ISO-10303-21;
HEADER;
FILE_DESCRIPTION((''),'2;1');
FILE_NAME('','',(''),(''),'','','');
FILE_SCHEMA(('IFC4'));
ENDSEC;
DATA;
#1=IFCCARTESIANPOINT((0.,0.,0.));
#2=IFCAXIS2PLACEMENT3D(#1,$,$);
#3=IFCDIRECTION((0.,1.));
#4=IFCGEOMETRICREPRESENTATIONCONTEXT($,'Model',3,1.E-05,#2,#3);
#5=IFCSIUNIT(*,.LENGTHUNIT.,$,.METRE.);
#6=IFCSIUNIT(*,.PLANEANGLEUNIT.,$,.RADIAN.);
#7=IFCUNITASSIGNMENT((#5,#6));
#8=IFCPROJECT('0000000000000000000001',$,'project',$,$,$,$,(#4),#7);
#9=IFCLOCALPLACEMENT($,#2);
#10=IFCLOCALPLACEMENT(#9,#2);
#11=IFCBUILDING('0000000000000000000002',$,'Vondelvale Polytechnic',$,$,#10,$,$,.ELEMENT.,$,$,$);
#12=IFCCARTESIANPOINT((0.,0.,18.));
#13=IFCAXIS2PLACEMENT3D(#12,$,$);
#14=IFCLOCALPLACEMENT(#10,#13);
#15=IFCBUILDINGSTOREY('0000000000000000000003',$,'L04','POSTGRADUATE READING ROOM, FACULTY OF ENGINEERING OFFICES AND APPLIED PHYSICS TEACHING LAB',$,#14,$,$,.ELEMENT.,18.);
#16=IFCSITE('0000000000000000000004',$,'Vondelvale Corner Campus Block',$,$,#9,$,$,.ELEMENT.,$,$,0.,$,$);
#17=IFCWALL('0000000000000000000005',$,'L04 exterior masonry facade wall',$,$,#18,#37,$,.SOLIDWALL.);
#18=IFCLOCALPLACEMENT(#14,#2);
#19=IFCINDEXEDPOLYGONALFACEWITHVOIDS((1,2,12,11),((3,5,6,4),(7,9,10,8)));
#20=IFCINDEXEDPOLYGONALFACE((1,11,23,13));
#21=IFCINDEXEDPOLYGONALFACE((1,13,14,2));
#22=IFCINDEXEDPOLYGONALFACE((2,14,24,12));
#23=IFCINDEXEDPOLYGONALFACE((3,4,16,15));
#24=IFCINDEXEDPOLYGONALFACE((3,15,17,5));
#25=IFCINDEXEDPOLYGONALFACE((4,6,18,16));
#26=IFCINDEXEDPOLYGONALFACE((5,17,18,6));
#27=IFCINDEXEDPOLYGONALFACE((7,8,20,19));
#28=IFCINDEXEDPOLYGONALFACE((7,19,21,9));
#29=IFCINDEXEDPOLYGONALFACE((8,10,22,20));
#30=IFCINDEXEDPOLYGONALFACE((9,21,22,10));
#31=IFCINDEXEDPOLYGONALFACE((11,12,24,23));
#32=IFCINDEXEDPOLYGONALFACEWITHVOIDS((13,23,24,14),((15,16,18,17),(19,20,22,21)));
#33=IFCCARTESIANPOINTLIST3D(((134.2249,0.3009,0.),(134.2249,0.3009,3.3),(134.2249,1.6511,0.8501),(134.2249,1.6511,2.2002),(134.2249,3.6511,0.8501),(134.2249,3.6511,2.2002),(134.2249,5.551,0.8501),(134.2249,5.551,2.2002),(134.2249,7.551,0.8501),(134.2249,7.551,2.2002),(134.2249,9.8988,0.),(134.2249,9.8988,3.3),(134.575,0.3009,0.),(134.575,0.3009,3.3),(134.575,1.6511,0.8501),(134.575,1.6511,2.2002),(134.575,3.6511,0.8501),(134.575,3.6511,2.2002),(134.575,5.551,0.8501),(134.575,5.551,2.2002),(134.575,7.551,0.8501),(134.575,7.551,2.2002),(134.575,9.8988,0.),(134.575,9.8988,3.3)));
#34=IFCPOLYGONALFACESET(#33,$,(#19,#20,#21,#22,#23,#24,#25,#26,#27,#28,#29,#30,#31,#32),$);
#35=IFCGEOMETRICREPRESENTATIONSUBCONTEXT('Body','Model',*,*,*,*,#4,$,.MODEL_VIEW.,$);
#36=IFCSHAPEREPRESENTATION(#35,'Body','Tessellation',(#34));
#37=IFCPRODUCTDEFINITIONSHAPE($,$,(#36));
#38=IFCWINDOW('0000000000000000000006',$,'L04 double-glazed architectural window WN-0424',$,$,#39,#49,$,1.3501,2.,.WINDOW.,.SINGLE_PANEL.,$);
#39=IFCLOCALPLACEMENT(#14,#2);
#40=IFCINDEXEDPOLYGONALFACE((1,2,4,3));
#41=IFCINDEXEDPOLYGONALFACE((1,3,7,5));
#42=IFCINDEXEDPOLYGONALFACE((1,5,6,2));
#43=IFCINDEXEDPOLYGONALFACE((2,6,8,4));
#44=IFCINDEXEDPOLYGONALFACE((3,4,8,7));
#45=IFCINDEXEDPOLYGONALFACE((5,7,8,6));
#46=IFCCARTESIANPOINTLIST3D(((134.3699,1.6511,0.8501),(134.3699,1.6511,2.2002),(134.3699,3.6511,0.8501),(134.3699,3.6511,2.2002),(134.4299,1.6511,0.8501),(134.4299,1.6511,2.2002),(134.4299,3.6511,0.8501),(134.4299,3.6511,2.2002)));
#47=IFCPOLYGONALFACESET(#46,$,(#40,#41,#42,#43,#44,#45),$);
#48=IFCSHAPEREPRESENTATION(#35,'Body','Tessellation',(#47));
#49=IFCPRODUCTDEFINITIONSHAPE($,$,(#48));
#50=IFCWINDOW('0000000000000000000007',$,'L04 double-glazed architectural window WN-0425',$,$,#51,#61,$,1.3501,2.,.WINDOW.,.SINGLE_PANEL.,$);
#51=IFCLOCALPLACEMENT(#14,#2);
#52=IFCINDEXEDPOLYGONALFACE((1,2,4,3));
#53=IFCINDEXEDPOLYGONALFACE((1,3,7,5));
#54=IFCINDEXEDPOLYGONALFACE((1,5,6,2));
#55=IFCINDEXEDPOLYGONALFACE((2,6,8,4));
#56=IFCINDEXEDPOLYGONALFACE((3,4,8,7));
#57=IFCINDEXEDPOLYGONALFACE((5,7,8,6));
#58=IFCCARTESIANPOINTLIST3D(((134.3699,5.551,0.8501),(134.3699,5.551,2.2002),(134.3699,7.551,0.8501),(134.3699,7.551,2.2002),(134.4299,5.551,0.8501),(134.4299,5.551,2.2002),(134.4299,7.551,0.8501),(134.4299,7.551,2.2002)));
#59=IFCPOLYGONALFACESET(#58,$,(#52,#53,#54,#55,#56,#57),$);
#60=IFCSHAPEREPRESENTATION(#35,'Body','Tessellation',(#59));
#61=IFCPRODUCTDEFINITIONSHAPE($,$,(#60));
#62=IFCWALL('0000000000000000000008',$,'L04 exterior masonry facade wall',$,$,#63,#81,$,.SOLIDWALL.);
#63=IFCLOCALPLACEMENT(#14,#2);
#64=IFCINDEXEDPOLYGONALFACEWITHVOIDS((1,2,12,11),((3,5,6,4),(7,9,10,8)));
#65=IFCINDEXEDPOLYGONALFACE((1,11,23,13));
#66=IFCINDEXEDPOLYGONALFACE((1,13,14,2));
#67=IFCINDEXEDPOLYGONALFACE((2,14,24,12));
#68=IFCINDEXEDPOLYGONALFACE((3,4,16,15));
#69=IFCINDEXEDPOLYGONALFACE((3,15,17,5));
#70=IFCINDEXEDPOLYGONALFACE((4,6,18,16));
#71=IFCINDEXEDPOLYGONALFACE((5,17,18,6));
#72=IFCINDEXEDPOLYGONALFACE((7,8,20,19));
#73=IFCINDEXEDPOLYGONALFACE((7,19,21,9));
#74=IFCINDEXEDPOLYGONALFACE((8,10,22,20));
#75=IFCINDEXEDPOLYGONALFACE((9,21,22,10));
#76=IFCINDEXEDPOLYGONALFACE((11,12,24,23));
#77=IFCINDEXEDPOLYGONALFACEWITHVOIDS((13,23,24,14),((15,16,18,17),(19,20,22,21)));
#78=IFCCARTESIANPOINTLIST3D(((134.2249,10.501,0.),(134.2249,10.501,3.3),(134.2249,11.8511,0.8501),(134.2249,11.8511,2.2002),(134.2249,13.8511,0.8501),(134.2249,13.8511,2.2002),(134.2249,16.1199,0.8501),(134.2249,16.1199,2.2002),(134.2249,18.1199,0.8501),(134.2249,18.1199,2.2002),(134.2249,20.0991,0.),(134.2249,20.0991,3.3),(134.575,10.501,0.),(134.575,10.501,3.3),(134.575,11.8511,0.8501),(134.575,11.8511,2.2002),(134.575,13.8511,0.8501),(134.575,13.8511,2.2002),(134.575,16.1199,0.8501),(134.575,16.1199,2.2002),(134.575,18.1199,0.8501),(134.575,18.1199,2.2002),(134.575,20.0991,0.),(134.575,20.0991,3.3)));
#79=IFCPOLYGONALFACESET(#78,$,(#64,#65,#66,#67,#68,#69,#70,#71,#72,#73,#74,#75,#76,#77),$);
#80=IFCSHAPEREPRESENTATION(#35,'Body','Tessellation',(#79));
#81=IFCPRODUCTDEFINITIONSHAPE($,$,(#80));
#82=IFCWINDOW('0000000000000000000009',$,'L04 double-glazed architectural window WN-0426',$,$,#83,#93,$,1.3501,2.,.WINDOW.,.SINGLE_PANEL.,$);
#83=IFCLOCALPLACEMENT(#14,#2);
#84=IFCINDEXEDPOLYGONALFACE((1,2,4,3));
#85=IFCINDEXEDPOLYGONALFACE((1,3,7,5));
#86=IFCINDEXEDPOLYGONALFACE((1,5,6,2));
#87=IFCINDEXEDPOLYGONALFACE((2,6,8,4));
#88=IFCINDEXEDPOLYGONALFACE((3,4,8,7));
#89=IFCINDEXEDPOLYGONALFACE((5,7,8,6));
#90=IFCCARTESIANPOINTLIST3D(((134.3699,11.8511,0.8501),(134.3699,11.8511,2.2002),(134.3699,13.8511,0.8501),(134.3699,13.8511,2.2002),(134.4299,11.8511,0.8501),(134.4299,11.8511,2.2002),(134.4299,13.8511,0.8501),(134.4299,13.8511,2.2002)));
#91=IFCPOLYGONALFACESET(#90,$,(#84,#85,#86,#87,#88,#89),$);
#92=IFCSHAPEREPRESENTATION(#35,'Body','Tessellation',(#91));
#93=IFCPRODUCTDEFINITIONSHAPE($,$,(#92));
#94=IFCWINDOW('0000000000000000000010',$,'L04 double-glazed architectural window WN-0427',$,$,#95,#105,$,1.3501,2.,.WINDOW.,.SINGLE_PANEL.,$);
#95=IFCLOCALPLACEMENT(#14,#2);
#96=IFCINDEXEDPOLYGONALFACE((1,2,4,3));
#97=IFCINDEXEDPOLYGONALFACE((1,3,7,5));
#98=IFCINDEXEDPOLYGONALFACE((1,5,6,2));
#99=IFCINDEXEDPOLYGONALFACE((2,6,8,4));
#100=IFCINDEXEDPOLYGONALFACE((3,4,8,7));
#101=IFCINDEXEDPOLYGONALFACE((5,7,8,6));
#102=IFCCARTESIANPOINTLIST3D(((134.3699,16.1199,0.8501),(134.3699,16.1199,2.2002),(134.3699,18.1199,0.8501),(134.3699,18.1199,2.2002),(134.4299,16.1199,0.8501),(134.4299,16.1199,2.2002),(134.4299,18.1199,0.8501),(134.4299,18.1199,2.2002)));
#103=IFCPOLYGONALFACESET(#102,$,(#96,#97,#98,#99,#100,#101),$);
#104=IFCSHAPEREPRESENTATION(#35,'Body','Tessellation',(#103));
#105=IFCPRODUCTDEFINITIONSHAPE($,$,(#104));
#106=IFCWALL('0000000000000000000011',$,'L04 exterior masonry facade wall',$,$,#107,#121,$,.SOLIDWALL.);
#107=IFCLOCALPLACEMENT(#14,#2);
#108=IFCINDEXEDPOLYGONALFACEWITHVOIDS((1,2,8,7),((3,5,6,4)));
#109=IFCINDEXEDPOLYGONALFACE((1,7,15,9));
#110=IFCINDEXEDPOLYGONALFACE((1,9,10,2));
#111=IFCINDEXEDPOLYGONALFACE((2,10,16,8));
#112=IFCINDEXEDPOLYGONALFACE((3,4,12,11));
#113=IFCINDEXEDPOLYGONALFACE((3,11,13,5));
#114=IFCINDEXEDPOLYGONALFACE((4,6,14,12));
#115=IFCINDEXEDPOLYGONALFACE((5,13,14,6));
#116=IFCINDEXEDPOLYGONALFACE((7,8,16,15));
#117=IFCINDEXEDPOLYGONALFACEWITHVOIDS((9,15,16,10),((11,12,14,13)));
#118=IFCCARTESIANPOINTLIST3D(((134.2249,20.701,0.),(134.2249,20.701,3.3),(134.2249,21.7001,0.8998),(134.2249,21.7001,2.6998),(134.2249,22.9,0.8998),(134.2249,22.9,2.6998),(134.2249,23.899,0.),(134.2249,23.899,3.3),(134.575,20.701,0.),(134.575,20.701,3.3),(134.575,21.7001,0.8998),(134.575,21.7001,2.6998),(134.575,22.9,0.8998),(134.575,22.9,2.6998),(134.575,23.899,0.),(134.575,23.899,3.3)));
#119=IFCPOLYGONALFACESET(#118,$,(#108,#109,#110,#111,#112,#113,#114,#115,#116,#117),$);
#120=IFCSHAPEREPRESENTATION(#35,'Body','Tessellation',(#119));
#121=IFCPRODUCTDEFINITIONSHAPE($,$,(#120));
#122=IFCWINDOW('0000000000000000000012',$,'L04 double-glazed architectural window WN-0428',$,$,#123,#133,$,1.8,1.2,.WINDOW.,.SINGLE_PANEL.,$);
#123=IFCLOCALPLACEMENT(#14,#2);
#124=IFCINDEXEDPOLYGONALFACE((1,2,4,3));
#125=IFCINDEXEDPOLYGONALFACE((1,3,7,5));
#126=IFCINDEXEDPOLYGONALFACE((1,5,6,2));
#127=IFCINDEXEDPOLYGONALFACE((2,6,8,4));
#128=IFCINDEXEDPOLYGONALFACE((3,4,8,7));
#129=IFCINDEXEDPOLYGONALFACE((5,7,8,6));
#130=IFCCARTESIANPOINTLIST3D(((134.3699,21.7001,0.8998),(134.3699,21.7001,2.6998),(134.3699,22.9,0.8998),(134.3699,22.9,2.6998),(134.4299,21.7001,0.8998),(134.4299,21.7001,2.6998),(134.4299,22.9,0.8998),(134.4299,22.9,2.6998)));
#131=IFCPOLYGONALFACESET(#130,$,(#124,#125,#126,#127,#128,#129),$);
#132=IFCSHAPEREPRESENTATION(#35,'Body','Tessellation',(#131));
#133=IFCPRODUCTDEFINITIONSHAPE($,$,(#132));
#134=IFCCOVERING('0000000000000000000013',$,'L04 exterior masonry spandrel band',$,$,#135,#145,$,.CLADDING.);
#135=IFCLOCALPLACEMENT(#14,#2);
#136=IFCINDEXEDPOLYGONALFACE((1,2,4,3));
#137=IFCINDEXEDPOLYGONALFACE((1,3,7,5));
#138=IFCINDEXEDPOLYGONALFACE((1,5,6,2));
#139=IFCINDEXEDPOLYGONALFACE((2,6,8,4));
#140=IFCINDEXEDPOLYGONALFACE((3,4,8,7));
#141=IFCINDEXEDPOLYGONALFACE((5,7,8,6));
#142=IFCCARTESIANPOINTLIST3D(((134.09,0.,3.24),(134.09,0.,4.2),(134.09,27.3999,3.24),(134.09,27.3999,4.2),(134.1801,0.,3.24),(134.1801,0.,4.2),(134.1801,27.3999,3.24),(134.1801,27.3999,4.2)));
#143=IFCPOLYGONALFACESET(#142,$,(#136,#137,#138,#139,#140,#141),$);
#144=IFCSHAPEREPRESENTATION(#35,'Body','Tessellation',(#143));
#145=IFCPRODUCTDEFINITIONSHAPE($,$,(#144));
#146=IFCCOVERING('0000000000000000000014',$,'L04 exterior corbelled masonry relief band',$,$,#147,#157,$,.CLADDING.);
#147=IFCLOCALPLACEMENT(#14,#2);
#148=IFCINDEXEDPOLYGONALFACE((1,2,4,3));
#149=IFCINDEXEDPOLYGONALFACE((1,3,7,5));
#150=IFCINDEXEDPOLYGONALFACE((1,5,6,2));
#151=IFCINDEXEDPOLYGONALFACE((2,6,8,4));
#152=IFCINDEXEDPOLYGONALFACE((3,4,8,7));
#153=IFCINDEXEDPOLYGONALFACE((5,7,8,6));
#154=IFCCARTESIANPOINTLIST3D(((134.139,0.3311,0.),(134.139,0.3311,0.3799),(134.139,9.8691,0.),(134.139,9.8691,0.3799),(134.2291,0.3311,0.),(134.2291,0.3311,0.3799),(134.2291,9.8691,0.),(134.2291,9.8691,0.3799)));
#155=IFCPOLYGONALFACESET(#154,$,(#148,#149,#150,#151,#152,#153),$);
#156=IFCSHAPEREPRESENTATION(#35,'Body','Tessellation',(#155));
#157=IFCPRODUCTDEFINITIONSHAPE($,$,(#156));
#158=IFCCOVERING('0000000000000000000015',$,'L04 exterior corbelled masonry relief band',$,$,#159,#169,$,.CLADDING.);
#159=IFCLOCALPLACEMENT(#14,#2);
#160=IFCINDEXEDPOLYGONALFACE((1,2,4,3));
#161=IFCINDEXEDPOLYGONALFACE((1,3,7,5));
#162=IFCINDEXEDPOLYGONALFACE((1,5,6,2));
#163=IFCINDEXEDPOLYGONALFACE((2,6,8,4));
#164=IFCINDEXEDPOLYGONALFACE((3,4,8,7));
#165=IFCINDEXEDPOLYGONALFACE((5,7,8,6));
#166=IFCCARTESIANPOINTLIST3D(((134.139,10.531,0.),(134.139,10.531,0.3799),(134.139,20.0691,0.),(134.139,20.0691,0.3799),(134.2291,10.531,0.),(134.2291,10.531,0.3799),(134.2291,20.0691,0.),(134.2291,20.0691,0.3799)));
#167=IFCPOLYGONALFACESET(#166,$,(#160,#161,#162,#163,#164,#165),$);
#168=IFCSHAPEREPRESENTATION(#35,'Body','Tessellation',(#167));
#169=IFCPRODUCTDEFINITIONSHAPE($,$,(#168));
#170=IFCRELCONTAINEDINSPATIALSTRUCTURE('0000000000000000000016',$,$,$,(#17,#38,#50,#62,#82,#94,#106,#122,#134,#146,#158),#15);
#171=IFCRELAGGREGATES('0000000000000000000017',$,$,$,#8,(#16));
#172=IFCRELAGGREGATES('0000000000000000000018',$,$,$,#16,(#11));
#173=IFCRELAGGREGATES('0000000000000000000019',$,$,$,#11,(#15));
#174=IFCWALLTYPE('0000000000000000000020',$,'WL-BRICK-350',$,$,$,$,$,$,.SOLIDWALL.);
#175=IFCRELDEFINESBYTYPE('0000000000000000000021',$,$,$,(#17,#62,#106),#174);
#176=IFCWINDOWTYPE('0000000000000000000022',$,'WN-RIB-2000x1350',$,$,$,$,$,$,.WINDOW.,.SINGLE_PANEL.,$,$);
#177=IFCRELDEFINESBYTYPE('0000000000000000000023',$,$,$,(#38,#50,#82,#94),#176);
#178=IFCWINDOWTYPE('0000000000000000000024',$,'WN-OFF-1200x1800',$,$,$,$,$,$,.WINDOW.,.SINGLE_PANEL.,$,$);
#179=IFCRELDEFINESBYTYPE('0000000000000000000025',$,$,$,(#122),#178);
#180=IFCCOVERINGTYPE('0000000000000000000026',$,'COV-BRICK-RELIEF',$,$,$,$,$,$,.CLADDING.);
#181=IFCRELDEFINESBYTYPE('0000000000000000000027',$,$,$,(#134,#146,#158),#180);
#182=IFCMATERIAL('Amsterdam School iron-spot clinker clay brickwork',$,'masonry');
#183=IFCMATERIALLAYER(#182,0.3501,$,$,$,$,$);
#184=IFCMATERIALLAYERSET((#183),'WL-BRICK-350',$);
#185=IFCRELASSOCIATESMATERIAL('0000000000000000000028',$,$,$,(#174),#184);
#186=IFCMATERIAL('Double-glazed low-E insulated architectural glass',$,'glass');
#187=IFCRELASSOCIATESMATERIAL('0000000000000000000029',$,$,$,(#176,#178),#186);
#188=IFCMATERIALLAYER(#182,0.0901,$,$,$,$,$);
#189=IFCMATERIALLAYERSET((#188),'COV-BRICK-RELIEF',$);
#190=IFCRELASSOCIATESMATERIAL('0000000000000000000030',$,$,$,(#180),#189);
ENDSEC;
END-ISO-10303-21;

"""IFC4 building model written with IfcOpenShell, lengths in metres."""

from ifc_helpers import new_model, si_unit, direction, frame, frame_2d, origin, origin_2d, place, context, subcontext, project, spatial, rectangle, extrude, material, layer, layer_set, type_object, element, fill, save


model = new_model("IFC4")

# Units and contexts
model_context = context("Model", 3, precision=1e-05, world=origin(), true_north=direction((0.0, 1.0)))
body_context = subcontext(model_context, "Body", "Model", "MODEL_VIEW")
ifc_project = project(units=[si_unit("LENGTHUNIT", "METRE"), si_unit("PLANEANGLEUNIT", "RADIAN")], contexts=[model_context])

# Site, building, storey
site_placement = place(None, origin())
site = spatial("IfcSite", under=ifc_project, at=site_placement, Name="Vondelvale Corner Campus Block", CompositionType="ELEMENT", RefElevation=0.0)
building_placement = place(site_placement, origin())
building = spatial("IfcBuilding", under=site, at=building_placement, Name="Vondelvale Polytechnic", CompositionType="ELEMENT")
storey_placement = place(building_placement, frame((0.0, 0.0, 18.0)))
storey = spatial("IfcBuildingStorey", under=building, at=storey_placement, Name="L04", Description="POSTGRADUATE READING ROOM, FACULTY OF ENGINEERING OFFICES AND APPLIED PHYSICS TEACHING LAB", CompositionType="ELEMENT", Elevation=18.0)

# Walls, openings, windows
ifc_material_1 = material(Name="Amsterdam School iron-spot clinker clay brickwork", Category="masonry")
ifc_layer_1 = layer(ifc_material_1, 0.3501)
ifc_layer_set_1 = layer_set([ifc_layer_1], Name="WL-BRICK-350")
wall_type = type_object("IfcWallType", Name="WL-BRICK-350", PredefinedType="SOLIDWALL", material=ifc_layer_set_1)
wall_1_placement = place(storey_placement, frame((134.3999, 0.301, 0.0), z_axis=(0.0, 0.0, 1.0), x_axis=(0.0, 1.0, 0.0)))
wall_1 = element("IfcWall", 1, at=wall_1_placement, inside=storey, type_object=wall_type, Name="L04 exterior masonry facade wall", PredefinedType="SOLIDWALL", context=body_context, shape_type="SweptSolid", body=[
    extrude(rectangle(XDim=9.5979, YDim=0.3501, at=frame_2d((4.7988, 0.0))), origin(), (0.0, 0.0, 1.0), 3.3),
])
opening_1_placement = place(wall_1_placement, frame((1.3501, 0.0, 0.8501)))
opening_1 = element("IfcOpeningElement", 2, at=opening_1_placement, cuts=wall_1, PredefinedType="OPENING", context=body_context, shape_type="SweptSolid", body=[
    extrude(rectangle(XDim=2.0, YDim=1.3501, at=frame_2d((1.0, 0.675))), frame((0.0, 0.1851, 0.0), z_axis=(0.0, -1.0, 0.0), x_axis=(1.0, 0.0, 0.0)), (0.0, 0.0, 1.0), 0.3701),
])
opening_2_placement = place(wall_1_placement, frame((5.25, 0.0, 0.8501)))
opening_2 = element("IfcOpeningElement", 3, at=opening_2_placement, cuts=wall_1, PredefinedType="OPENING", context=body_context, shape_type="SweptSolid", body=[
    extrude(rectangle(XDim=2.0, YDim=1.3501, at=frame_2d((1.0, 0.675))), frame((0.0, 0.1851, 0.0), z_axis=(0.0, -1.0, 0.0), x_axis=(1.0, 0.0, 0.0)), (0.0, 0.0, 1.0), 0.3701),
])
ifc_material_2 = material(Name="Double-glazed low-E insulated architectural glass", Category="glass")
window_type_1 = type_object("IfcWindowType", Name="WN-RIB-2000x1350", PartitioningType="SINGLE_PANEL", PredefinedType="WINDOW", material=ifc_material_2)
window_1_placement = place(opening_1_placement, origin())
window_1 = element("IfcWindow", 4, at=window_1_placement, inside=storey, type_object=window_type_1, Name="L04 double-glazed architectural window WN-0424", OverallHeight=1.3501, OverallWidth=2.0, PartitioningType="SINGLE_PANEL", PredefinedType="WINDOW", context=body_context, shape_type="SweptSolid", body=[
    extrude(rectangle(XDim=2.0, YDim=1.3501, at=frame_2d((1.0, 0.675))), frame((0.0, 0.03, 0.0), z_axis=(0.0, -1.0, 0.0), x_axis=(1.0, 0.0, 0.0)), (0.0, 0.0, 1.0), 0.0601),
])
fill(opening_1, window_1)
window_2_placement = place(opening_2_placement, origin())
window_2 = element("IfcWindow", 5, at=window_2_placement, inside=storey, type_object=window_type_1, Name="L04 double-glazed architectural window WN-0425", OverallHeight=1.3501, OverallWidth=2.0, PartitioningType="SINGLE_PANEL", PredefinedType="WINDOW", context=body_context, shape_type="SweptSolid", body=[
    extrude(rectangle(XDim=2.0, YDim=1.3501, at=frame_2d((1.0, 0.675))), frame((0.0, 0.03, 0.0), z_axis=(0.0, -1.0, 0.0), x_axis=(1.0, 0.0, 0.0)), (0.0, 0.0, 1.0), 0.0601),
])
fill(opening_2, window_2)
wall_2_placement = place(storey_placement, frame((134.3999, 10.501, 0.0), z_axis=(0.0, 0.0, 1.0), x_axis=(0.0, 1.0, 0.0)))
wall_2 = element("IfcWall", 6, at=wall_2_placement, inside=storey, type_object=wall_type, Name="L04 exterior masonry facade wall", PredefinedType="SOLIDWALL", context=body_context, shape_type="SweptSolid", body=[
    extrude(rectangle(XDim=9.5981, YDim=0.3501, at=frame_2d((4.7991, 0.0))), origin(), (0.0, 0.0, 1.0), 3.3),
])
opening_3_placement = place(wall_2_placement, frame((1.3501, 0.0, 0.8501)))
opening_3 = element("IfcOpeningElement", 7, at=opening_3_placement, cuts=wall_2, PredefinedType="OPENING", context=body_context, shape_type="SweptSolid", body=[
    extrude(rectangle(XDim=2.0, YDim=1.3501, at=frame_2d((1.0, 0.675))), frame((0.0, 0.1851, 0.0), z_axis=(0.0, -1.0, 0.0), x_axis=(1.0, 0.0, 0.0)), (0.0, 0.0, 1.0), 0.3701),
])
opening_4_placement = place(wall_2_placement, frame((5.6189, 0.0, 0.8501)))
opening_4 = element("IfcOpeningElement", 8, at=opening_4_placement, cuts=wall_2, PredefinedType="OPENING", context=body_context, shape_type="SweptSolid", body=[
    extrude(rectangle(XDim=2.0, YDim=1.3501, at=frame_2d((1.0, 0.675))), frame((0.0, 0.1851, 0.0), z_axis=(0.0, -1.0, 0.0), x_axis=(1.0, 0.0, 0.0)), (0.0, 0.0, 1.0), 0.3701),
])
window_3_placement = place(opening_3_placement, origin())
window_3 = element("IfcWindow", 9, at=window_3_placement, inside=storey, type_object=window_type_1, Name="L04 double-glazed architectural window WN-0426", OverallHeight=1.3501, OverallWidth=2.0, PartitioningType="SINGLE_PANEL", PredefinedType="WINDOW", context=body_context, shape_type="SweptSolid", body=[
    extrude(rectangle(XDim=2.0, YDim=1.3501, at=frame_2d((1.0, 0.675))), frame((0.0, 0.03, 0.0), z_axis=(0.0, -1.0, 0.0), x_axis=(1.0, 0.0, 0.0)), (0.0, 0.0, 1.0), 0.0601),
])
fill(opening_3, window_3)
window_4_placement = place(opening_4_placement, origin())
window_4 = element("IfcWindow", 10, at=window_4_placement, inside=storey, type_object=window_type_1, Name="L04 double-glazed architectural window WN-0427", OverallHeight=1.3501, OverallWidth=2.0, PartitioningType="SINGLE_PANEL", PredefinedType="WINDOW", context=body_context, shape_type="SweptSolid", body=[
    extrude(rectangle(XDim=2.0, YDim=1.3501, at=frame_2d((1.0, 0.675))), frame((0.0, 0.03, 0.0), z_axis=(0.0, -1.0, 0.0), x_axis=(1.0, 0.0, 0.0)), (0.0, 0.0, 1.0), 0.0601),
])
fill(opening_4, window_4)

# Wall, opening, window
wall_3_placement = place(storey_placement, frame((134.3999, 20.7009, 0.0), z_axis=(0.0, 0.0, 1.0), x_axis=(0.0, 1.0, 0.0)))
wall_3 = element("IfcWall", 11, at=wall_3_placement, inside=storey, type_object=wall_type, Name="L04 exterior masonry facade wall", PredefinedType="SOLIDWALL", context=body_context, shape_type="SweptSolid", body=[
    extrude(rectangle(XDim=3.198, YDim=0.3501, at=frame_2d((1.5991, 0.0))), origin(), (0.0, 0.0, 1.0), 3.3),
])
opening_5_placement = place(wall_3_placement, frame((0.999, 0.0, 0.8999)))
opening_5 = element("IfcOpeningElement", 12, at=opening_5_placement, cuts=wall_3, PredefinedType="OPENING", context=body_context, shape_type="SweptSolid", body=[
    extrude(rectangle(XDim=1.2, YDim=1.8, at=frame_2d((0.6001, 0.8999))), frame((0.0, 0.1851, 0.0), z_axis=(0.0, -1.0, 0.0), x_axis=(1.0, 0.0, 0.0)), (0.0, 0.0, 1.0), 0.3701),
])
window_type_2 = type_object("IfcWindowType", Name="WN-OFF-1200x1800", PartitioningType="SINGLE_PANEL", PredefinedType="WINDOW", material=ifc_material_2)
window_5_placement = place(opening_5_placement, origin())
window_5 = element("IfcWindow", 13, at=window_5_placement, inside=storey, type_object=window_type_2, Name="L04 double-glazed architectural window WN-0428", OverallHeight=1.8, OverallWidth=1.2, PartitioningType="SINGLE_PANEL", PredefinedType="WINDOW", context=body_context, shape_type="SweptSolid", body=[
    extrude(rectangle(XDim=1.2, YDim=1.8, at=frame_2d((0.6001, 0.8999))), frame((0.0, 0.03, 0.0), z_axis=(0.0, -1.0, 0.0), x_axis=(1.0, 0.0, 0.0)), (0.0, 0.0, 1.0), 0.0601),
])
fill(opening_5, window_5)

# Coverings
ifc_layer_2 = layer(ifc_material_1, 0.0901)
ifc_layer_set_2 = layer_set([ifc_layer_2], Name="COV-BRICK-RELIEF")
covering_type = type_object("IfcCoveringType", Name="COV-BRICK-RELIEF", PredefinedType="CLADDING", material=ifc_layer_set_2)
covering_1_placement = place(storey_placement, frame((134.135, 13.7, 3.24), z_axis=(0.0, 0.0, 1.0), x_axis=(0.0, 1.0, 0.0)))
element("IfcCovering", 14, at=covering_1_placement, inside=storey, type_object=covering_type, Name="L04 exterior masonry spandrel band", PredefinedType="CLADDING", context=body_context, shape_type="SweptSolid", body=[
    extrude(rectangle(XDim=27.3999, YDim=0.0901, at=origin_2d()), origin(), (0.0, 0.0, 1.0), 0.96),
])
for number, where, z_axis, x_axis, name in (
    (15, (134.1841, 5.1001, 0.0), (0.0, 0.0, 1.0), (0.0, 1.0, 0.0), "L04 exterior corbelled masonry relief band"),
    (16, (134.1841, 15.3, 0.0), (0.0, 0.0, 1.0), (0.0, 1.0, 0.0), "L04 exterior corbelled masonry relief band"),
):
    element("IfcCovering", number, at=place(storey_placement, frame(where, z_axis=z_axis, x_axis=x_axis)), inside=storey, type_object=covering_type, Name=name, PredefinedType="CLADDING", context=body_context, shape_type="SweptSolid", body=[
        extrude(rectangle(XDim=9.5381, YDim=0.0901, at=origin_2d()), origin(), (0.0, 0.0, 1.0), 0.3799),
    ])

save(model, "model.ifc")
